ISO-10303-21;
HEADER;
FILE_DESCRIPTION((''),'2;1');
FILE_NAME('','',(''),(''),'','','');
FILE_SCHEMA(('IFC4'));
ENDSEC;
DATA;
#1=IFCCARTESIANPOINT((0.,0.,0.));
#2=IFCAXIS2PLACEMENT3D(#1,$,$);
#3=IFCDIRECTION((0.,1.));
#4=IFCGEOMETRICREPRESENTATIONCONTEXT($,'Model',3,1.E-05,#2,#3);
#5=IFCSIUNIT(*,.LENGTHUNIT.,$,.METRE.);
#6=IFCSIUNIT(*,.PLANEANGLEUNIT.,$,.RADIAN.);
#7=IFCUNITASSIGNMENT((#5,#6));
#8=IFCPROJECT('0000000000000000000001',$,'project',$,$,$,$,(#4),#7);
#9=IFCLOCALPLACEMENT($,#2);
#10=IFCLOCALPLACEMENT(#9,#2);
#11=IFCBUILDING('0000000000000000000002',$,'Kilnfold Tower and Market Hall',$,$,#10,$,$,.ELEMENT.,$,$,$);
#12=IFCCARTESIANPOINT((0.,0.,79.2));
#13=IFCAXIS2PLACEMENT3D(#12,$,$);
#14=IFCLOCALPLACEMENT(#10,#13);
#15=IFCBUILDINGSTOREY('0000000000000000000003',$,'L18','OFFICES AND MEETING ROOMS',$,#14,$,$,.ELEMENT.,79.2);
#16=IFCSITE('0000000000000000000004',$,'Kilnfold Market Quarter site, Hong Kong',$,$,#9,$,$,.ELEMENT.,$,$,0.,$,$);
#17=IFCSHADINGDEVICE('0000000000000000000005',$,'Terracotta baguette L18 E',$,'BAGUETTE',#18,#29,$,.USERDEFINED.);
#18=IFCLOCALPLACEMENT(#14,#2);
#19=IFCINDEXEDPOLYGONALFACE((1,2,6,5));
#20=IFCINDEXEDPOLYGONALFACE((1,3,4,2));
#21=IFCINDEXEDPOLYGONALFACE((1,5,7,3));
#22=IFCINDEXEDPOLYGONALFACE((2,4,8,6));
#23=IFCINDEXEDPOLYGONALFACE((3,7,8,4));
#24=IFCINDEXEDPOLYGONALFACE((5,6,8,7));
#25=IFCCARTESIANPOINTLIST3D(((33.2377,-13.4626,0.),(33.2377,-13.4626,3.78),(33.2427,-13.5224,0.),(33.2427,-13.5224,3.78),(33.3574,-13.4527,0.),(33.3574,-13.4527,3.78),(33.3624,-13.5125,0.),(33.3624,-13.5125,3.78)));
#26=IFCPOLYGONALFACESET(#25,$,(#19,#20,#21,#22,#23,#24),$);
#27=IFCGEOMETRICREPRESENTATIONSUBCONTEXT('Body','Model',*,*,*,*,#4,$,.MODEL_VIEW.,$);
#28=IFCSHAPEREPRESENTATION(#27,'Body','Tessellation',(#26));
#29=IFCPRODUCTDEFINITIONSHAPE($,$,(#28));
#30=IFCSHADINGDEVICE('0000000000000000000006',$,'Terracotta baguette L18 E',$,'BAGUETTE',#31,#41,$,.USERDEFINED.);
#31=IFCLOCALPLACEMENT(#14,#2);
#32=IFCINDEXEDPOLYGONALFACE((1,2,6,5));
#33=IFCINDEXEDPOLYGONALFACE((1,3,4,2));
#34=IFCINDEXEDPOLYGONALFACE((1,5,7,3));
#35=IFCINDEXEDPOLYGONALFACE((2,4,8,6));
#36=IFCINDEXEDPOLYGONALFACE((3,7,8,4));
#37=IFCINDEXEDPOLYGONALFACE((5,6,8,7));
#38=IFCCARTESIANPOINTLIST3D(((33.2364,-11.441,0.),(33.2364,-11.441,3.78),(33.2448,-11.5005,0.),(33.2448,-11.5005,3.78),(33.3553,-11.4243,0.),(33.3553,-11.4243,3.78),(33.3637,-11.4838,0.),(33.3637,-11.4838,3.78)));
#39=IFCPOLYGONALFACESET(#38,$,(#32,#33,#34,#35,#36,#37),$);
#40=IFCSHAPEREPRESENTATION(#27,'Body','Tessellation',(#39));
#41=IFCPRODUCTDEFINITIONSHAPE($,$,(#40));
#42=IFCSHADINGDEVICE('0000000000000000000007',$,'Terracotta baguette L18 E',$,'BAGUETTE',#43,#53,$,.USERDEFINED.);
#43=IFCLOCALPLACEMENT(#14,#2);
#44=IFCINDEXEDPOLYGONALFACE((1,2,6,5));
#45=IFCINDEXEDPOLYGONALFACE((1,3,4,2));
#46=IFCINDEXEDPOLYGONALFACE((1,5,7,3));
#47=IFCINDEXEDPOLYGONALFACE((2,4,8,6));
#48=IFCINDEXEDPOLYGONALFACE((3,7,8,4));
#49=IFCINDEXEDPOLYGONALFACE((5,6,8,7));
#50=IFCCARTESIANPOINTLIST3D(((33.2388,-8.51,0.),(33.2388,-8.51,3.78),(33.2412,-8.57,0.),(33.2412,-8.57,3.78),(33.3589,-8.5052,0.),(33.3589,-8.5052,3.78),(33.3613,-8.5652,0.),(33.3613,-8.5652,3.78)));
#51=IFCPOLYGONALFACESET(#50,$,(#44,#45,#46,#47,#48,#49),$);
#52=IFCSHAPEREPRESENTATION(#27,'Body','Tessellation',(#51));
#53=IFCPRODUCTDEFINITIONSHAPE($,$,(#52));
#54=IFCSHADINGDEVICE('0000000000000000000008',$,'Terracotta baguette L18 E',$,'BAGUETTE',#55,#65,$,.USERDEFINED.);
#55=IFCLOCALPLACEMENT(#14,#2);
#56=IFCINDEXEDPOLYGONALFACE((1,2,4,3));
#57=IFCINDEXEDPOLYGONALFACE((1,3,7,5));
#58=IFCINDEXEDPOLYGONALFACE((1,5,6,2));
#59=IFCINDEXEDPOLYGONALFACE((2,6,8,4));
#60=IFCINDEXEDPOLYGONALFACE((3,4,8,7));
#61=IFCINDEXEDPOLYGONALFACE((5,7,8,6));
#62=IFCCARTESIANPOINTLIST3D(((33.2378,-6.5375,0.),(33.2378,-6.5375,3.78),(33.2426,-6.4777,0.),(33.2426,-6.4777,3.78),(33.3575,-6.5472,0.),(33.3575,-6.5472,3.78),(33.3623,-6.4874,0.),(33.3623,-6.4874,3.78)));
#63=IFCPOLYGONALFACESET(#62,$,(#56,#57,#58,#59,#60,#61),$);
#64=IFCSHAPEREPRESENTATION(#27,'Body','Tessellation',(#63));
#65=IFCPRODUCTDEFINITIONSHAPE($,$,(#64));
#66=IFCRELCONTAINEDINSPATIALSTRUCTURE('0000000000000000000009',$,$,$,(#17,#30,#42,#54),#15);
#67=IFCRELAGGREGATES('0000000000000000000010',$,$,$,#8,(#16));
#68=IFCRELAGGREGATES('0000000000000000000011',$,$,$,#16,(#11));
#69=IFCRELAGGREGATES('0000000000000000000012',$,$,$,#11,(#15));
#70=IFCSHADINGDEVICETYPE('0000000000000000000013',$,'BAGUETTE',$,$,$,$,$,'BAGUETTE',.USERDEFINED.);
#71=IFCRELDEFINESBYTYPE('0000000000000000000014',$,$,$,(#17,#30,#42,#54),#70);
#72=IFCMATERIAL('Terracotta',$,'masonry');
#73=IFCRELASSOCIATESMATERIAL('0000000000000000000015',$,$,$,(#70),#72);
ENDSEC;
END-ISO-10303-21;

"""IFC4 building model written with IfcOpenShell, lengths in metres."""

from ifc_helpers import new_model, si_unit, direction, frame, origin, origin_2d, place, context, subcontext, project, spatial, rectangle, extrude, source, transform, mapped, material, material_profile, profile_set, type_object, element, save


model = new_model("IFC4")

# Units and contexts
model_context = context("Model", 3, precision=1e-05, world=origin(), true_north=direction((0.0, 1.0)))
body_context = subcontext(model_context, "Body", "Model", "MODEL_VIEW")
ifc_project = project(units=[si_unit("LENGTHUNIT", "METRE"), si_unit("PLANEANGLEUNIT", "RADIAN")], contexts=[model_context])

# Site, building, storey
site_placement = place(None, origin())
site = spatial("IfcSite", under=ifc_project, at=site_placement, Name="Kilnfold Market Quarter site, Hong Kong", CompositionType="ELEMENT", RefElevation=0.0)
building_placement = place(site_placement, origin())
building = spatial("IfcBuilding", under=site, at=building_placement, Name="Kilnfold Tower and Market Hall", CompositionType="ELEMENT")
storey_placement = place(building_placement, frame((0.0, 0.0, 79.2)))
storey = spatial("IfcBuildingStorey", under=building, at=storey_placement, Name="L18", Description="OFFICES AND MEETING ROOMS", CompositionType="ELEMENT", Elevation=79.2)

# Shading devices
ifc_material_1 = material(Name="Terracotta", Category="masonry")
ifc_material_profile_1 = material_profile(ifc_material_1, rectangle(XDim=0.0601, YDim=0.1201, at=origin_2d()), Name="BAG 60x120")
ifc_profile_set_1 = profile_set([ifc_material_profile_1], Name="Terracotta")
shading_device_type = type_object("IfcShadingDeviceType", Name="BAGUETTE", ElementType="BAGUETTE", PredefinedType="USERDEFINED", material=ifc_profile_set_1)
shared_shape_1 = source(origin(), body_context, "Body", "SweptSolid", [
    extrude(rectangle(XDim=0.0601, YDim=0.1201, at=origin_2d()), origin(), (0.0, 0.0, 1.0), 3.78),
])
for number, where, z_axis, x_axis, name in (
    (1, (33.3, -13.4875, 0.0), (0.0, 0.0, 1.0), (-0.082092, 0.996625, 0.0), "Terracotta baguette L18 E"),
    (2, (33.3, -11.4624, 0.0), (0.0, 0.0, 1.0), (-0.139099, 0.990279, 0.0), "Terracotta baguette L18 E"),
    (3, (33.3, -8.5376, 0.0), (0.0, 0.0, 1.0), (-0.040011, 0.999199, 0.0), "Terracotta baguette L18 E"),
    (4, (33.3, -6.5125, 0.0), (0.0, 0.0, 1.0), (0.080823, 0.996728, 0.0), "Terracotta baguette L18 E"),
):
    element("IfcShadingDevice", number, at=place(storey_placement, frame(where, z_axis=z_axis, x_axis=x_axis)), inside=storey, type_object=shading_device_type, Name=name, ObjectType="BAGUETTE", PredefinedType="USERDEFINED", context=body_context, shape_type="MappedRepresentation", body=[
        mapped(shared_shape_1, transform((0.0, 0.0, 0.0))),
    ])

save(model, "model.ifc")
